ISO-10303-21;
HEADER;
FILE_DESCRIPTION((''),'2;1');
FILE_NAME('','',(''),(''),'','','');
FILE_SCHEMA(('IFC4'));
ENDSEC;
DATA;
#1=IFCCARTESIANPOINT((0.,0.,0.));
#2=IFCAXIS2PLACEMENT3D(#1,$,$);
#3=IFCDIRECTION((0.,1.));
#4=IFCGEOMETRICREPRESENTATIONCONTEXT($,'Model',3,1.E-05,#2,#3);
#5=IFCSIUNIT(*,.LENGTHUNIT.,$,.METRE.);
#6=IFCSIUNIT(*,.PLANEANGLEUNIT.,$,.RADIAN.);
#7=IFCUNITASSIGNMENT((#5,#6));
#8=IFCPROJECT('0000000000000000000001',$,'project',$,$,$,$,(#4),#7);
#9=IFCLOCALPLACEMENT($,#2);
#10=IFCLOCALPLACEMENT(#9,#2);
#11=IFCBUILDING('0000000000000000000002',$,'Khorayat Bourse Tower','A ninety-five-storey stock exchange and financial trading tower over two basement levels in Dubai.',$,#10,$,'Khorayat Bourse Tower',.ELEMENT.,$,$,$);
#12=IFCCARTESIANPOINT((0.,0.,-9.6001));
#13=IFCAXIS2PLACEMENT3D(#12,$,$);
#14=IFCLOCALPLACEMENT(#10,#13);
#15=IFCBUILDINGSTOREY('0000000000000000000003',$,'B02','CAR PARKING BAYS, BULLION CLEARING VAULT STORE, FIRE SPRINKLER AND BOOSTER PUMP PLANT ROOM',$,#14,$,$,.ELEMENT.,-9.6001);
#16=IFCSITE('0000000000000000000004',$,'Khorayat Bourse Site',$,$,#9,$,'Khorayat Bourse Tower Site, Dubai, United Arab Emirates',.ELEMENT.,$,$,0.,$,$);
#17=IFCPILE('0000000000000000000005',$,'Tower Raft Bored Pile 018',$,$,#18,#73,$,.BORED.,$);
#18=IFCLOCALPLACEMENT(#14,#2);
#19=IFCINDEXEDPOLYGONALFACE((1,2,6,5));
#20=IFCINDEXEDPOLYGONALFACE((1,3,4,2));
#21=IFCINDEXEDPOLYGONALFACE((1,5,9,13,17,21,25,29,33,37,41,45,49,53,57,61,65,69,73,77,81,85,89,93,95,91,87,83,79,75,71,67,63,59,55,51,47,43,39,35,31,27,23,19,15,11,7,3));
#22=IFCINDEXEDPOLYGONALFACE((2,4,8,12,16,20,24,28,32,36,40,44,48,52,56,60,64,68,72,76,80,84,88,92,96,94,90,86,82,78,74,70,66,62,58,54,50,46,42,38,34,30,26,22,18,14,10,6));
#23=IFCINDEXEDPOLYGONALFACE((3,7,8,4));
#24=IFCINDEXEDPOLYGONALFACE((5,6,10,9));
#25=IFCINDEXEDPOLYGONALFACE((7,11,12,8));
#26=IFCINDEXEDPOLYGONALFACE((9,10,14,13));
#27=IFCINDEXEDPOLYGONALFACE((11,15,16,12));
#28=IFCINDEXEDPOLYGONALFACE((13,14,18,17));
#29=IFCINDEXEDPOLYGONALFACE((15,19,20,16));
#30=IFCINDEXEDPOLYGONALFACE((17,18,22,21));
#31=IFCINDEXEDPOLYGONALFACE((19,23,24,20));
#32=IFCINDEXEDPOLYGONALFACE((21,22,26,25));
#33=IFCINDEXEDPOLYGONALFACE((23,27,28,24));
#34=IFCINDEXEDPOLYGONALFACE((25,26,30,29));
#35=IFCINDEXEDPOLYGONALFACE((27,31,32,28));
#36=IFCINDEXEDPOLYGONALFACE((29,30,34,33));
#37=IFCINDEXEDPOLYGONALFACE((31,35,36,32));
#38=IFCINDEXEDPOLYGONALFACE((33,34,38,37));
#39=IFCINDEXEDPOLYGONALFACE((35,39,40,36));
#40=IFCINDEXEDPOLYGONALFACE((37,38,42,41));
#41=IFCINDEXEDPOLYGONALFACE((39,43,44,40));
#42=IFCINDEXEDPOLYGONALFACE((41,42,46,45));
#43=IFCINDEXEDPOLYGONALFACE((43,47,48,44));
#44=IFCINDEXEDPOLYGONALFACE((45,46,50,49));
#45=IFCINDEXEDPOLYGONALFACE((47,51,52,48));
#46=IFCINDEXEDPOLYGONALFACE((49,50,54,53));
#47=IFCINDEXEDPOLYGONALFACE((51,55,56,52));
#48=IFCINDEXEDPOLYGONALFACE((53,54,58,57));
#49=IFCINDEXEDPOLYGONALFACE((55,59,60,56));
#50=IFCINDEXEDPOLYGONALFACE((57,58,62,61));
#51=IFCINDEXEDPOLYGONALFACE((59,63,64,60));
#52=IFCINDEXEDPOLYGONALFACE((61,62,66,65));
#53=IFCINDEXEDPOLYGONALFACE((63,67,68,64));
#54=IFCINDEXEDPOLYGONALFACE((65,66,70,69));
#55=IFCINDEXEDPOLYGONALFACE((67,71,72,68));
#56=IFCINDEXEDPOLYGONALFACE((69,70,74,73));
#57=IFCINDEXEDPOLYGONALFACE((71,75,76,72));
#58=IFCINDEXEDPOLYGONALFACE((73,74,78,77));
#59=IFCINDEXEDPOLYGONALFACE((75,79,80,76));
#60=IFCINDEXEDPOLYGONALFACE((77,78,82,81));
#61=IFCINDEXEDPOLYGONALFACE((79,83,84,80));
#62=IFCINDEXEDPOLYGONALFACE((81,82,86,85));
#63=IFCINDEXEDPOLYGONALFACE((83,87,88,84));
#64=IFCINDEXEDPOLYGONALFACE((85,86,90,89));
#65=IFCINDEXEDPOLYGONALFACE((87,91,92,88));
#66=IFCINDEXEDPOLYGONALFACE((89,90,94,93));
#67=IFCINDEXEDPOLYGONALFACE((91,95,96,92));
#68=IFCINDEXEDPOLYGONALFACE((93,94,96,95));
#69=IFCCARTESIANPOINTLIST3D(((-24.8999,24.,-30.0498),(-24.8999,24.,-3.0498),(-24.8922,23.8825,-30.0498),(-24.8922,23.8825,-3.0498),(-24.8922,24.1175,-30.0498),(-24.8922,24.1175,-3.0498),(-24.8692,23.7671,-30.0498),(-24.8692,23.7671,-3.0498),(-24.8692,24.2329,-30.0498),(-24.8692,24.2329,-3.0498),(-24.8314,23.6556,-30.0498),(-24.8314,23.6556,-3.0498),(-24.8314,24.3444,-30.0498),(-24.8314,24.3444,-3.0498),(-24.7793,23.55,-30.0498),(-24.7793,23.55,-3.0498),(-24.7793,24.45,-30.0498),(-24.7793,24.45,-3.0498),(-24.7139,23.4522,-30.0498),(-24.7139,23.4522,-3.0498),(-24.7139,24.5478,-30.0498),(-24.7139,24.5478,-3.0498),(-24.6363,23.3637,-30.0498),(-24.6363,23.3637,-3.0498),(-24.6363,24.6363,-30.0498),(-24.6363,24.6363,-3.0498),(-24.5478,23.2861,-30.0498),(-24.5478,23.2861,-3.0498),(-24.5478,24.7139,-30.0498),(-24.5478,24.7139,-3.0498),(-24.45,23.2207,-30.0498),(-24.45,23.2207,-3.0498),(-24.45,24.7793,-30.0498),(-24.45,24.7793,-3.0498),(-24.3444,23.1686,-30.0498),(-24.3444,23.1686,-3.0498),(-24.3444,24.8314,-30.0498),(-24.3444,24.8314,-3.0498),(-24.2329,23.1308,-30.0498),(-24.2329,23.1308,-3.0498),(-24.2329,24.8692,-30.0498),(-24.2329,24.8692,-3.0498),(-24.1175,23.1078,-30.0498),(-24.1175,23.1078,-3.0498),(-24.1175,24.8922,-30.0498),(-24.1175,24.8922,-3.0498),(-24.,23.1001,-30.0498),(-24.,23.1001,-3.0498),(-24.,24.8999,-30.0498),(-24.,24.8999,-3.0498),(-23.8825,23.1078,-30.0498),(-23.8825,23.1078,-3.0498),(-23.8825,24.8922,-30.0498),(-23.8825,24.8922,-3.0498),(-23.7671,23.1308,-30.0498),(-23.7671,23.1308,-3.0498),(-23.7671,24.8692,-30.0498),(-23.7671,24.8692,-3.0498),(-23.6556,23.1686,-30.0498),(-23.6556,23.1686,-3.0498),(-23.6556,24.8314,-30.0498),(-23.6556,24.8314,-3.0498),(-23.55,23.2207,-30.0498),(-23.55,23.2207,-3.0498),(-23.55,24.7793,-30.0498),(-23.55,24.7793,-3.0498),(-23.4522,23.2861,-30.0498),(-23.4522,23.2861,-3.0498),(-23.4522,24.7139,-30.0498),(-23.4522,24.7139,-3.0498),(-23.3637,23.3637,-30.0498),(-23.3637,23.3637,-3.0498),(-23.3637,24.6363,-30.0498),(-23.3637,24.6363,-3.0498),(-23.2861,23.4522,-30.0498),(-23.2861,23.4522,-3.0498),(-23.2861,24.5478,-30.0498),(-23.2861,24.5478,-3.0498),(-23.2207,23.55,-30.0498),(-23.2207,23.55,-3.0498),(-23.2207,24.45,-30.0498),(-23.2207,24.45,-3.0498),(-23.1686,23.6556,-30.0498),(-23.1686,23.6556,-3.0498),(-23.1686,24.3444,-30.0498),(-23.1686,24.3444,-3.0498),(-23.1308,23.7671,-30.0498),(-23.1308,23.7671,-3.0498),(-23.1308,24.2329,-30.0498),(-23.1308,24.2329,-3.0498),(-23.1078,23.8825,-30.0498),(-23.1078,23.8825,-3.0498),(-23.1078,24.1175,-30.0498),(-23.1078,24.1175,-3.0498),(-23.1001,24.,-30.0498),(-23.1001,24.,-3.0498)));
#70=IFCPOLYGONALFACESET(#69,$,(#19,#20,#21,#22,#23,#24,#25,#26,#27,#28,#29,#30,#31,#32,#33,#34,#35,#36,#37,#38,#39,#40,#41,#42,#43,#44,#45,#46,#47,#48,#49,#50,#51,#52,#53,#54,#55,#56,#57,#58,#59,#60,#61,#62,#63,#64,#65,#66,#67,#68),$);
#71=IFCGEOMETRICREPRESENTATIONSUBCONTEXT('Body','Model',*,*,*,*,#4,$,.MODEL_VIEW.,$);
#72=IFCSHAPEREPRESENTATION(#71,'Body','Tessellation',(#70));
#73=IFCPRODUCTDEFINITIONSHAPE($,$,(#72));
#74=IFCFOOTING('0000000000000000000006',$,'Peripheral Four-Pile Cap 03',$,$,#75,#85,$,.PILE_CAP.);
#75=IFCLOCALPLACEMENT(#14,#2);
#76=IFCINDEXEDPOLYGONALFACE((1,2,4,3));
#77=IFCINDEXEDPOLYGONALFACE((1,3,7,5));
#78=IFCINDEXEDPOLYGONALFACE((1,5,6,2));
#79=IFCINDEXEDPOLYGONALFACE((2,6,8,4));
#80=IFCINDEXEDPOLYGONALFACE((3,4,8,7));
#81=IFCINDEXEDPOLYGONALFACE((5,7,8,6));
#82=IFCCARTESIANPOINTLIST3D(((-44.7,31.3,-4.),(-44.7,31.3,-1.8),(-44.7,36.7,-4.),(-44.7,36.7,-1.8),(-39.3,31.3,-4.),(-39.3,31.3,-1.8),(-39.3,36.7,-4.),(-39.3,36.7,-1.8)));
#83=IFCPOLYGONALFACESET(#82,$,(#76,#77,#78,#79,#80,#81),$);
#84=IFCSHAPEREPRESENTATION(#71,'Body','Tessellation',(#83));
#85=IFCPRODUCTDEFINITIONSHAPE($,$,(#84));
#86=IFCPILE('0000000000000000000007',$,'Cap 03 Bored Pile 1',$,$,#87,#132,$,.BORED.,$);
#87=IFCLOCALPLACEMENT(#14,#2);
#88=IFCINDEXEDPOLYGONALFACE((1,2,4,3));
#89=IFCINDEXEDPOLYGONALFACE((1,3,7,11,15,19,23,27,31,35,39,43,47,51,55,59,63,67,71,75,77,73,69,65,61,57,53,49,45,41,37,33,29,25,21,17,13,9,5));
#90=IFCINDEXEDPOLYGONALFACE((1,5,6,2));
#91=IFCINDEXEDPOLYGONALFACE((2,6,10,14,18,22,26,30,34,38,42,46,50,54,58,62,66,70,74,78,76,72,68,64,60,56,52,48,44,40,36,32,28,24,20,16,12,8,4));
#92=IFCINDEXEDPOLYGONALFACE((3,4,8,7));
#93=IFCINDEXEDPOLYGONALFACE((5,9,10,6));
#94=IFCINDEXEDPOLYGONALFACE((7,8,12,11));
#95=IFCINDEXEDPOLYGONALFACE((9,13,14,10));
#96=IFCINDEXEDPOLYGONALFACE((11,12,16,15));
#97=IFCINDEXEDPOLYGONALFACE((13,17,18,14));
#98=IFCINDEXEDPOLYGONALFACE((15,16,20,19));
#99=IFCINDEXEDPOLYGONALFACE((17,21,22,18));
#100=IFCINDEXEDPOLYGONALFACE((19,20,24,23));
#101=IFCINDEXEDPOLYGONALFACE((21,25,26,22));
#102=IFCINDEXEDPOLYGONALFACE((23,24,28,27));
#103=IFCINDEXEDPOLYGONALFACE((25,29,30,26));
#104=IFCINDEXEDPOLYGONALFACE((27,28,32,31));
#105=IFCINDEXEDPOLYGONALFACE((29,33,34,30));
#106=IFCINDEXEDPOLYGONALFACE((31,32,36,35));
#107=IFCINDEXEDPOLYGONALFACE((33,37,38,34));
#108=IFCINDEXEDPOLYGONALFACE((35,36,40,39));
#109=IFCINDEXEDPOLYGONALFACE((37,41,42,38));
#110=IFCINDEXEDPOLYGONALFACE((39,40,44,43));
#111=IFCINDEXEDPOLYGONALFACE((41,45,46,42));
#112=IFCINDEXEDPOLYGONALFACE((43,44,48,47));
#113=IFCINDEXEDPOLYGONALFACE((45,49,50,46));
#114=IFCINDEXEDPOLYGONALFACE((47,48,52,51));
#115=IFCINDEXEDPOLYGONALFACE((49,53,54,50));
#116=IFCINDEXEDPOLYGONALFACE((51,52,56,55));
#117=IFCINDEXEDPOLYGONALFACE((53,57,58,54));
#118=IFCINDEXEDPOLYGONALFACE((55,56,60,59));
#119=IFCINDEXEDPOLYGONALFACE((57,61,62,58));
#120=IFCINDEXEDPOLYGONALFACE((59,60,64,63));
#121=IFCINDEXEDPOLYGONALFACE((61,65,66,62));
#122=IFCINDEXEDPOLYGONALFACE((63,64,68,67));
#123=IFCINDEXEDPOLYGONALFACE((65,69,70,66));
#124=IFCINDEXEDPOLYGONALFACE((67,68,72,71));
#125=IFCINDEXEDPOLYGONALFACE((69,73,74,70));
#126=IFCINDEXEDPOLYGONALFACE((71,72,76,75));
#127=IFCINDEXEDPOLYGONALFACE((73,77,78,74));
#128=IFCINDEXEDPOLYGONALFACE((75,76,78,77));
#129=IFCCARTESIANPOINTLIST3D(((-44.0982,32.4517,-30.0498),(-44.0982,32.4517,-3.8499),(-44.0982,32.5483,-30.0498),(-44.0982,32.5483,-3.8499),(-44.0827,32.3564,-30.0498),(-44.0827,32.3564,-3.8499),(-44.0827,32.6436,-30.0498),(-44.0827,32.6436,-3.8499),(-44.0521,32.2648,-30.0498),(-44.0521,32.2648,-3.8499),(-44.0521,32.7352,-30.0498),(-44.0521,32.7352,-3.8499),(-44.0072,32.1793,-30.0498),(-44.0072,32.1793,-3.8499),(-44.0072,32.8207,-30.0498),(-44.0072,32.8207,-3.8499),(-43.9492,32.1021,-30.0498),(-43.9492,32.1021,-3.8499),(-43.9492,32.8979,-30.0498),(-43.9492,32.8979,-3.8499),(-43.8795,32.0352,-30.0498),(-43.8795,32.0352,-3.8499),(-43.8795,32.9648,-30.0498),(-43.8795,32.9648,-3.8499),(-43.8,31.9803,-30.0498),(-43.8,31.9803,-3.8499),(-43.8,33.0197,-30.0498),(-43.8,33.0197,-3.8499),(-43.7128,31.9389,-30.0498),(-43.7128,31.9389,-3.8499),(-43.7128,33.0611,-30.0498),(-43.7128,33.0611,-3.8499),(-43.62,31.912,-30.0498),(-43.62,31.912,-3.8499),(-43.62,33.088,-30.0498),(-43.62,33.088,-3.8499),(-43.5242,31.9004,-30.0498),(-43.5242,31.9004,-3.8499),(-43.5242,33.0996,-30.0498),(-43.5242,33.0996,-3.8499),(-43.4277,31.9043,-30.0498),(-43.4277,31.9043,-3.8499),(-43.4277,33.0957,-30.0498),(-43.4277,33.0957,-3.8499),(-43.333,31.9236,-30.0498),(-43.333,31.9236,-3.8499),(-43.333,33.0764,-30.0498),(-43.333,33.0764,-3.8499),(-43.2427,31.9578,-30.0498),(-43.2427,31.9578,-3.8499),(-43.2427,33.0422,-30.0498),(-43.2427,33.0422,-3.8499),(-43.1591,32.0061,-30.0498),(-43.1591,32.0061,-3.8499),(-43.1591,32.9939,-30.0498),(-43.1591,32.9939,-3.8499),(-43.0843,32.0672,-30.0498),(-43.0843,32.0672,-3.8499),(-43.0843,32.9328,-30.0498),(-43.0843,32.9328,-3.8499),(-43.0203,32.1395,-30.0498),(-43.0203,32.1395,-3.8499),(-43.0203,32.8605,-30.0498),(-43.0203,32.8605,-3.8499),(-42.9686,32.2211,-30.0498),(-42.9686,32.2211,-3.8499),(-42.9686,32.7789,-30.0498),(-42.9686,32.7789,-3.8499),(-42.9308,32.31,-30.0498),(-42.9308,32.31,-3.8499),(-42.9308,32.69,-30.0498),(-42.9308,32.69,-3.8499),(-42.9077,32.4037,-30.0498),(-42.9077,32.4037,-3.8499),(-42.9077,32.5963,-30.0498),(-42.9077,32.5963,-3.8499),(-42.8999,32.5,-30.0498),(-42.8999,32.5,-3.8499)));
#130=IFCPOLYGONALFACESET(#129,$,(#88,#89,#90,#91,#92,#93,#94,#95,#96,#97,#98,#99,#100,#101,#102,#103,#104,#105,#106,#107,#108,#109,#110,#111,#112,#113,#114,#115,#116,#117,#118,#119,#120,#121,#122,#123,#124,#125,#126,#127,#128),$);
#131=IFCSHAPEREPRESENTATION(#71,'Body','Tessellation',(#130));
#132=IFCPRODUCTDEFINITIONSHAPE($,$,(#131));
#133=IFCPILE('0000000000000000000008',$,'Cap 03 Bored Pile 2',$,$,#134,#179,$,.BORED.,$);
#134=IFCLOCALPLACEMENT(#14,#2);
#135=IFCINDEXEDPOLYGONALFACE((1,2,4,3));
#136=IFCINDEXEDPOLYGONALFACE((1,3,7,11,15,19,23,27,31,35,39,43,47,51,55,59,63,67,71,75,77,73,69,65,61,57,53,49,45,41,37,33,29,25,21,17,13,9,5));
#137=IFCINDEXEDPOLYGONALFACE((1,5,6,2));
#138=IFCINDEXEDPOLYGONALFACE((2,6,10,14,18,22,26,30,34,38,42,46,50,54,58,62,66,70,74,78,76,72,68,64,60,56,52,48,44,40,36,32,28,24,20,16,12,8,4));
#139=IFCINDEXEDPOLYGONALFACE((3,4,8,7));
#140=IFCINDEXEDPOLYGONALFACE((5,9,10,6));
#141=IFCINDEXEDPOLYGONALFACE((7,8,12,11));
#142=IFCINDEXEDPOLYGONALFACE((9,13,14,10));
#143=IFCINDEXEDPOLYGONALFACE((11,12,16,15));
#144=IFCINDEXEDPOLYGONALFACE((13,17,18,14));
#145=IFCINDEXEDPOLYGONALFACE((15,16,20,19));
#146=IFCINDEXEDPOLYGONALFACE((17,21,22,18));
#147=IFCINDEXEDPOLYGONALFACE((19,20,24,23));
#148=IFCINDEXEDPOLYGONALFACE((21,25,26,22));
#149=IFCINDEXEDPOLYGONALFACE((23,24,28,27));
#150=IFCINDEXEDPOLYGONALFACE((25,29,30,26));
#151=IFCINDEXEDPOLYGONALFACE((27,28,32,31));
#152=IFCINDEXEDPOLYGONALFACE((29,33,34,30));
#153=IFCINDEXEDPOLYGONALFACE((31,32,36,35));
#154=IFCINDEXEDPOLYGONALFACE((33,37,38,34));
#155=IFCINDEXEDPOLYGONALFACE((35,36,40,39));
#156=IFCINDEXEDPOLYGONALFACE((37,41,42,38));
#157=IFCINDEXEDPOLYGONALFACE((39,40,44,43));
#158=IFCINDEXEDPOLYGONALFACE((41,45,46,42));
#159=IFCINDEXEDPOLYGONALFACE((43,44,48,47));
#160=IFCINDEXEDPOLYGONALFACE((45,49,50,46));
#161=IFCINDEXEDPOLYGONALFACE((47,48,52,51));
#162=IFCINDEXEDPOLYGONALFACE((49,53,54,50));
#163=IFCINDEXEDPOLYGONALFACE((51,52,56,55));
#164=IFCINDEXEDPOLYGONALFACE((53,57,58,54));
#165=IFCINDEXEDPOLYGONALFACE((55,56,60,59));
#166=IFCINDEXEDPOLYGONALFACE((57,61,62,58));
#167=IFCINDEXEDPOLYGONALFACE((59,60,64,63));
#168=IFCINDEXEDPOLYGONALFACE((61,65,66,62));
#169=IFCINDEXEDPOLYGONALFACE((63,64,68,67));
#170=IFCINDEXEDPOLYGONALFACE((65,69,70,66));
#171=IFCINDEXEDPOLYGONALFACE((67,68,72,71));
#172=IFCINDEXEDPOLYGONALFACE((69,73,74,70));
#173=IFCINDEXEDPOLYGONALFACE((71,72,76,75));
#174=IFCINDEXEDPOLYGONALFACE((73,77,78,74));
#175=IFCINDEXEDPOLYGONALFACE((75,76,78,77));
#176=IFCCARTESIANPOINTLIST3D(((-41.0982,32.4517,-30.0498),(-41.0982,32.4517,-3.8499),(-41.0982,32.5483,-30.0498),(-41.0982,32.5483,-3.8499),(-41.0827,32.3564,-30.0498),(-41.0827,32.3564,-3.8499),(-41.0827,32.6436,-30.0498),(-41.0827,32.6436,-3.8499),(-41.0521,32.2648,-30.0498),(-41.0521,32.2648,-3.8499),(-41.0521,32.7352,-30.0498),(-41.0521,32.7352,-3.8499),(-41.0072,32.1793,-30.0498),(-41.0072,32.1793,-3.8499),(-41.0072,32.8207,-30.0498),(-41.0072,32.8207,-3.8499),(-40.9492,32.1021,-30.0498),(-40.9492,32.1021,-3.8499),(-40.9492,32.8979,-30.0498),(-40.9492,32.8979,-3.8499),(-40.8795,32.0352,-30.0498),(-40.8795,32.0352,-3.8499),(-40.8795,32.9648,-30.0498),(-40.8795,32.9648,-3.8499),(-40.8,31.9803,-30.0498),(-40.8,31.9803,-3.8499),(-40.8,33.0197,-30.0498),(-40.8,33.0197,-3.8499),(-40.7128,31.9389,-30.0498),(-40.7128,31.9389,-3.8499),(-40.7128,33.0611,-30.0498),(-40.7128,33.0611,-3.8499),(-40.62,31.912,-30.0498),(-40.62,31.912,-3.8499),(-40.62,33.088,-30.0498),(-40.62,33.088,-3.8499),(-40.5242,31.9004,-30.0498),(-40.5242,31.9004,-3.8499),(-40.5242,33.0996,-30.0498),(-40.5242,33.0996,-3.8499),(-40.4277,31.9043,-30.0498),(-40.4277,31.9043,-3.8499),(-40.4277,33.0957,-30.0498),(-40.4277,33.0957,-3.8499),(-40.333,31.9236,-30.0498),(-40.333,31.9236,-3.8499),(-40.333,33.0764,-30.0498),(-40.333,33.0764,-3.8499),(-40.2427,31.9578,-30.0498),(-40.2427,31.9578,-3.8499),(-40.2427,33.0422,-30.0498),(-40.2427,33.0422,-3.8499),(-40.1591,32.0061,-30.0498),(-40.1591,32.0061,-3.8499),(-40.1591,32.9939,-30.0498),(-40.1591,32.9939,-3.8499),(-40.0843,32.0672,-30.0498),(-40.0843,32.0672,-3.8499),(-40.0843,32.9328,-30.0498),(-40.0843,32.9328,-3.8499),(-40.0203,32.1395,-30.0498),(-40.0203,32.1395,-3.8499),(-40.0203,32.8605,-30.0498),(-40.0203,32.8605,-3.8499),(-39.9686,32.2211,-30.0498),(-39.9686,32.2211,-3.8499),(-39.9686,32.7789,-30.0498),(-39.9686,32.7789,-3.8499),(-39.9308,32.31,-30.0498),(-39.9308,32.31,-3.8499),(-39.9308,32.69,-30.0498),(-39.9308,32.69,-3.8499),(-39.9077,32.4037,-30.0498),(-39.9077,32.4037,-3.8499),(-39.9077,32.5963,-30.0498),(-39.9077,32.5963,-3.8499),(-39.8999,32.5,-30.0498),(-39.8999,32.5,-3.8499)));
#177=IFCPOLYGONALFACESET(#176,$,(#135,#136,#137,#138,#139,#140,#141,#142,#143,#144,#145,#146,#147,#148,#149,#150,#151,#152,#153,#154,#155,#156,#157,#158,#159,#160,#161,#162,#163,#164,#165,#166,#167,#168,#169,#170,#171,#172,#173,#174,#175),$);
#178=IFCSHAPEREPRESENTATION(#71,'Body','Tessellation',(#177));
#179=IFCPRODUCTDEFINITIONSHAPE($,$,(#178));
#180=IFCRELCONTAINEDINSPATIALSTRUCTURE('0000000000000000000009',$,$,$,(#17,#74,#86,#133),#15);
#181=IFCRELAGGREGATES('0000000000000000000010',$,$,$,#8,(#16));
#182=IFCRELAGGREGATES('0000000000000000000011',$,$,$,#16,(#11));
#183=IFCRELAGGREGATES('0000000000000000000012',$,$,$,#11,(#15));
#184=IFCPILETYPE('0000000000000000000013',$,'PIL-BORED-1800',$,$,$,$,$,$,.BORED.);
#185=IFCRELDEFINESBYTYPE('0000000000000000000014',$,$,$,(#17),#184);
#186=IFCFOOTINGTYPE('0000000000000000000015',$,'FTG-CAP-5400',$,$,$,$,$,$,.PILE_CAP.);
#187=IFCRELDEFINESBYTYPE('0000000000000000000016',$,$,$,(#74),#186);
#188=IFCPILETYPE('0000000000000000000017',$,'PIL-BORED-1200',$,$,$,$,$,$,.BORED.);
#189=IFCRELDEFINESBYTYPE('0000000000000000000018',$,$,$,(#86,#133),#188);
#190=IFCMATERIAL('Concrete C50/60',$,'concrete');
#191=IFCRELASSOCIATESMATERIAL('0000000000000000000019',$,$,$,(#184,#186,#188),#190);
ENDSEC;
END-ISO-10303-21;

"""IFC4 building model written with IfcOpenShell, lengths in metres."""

from ifc_helpers import new_model, si_unit, direction, frame, origin, origin_2d, place, context, subcontext, project, spatial, rectangle, circle, extrude, source, transform, mapped, material, material_profile, profile_set, type_object, element, save


model = new_model("IFC4")

# Units and contexts
model_context = context("Model", 3, precision=1e-05, world=origin(), true_north=direction((0.0, 1.0)))
body_context = subcontext(model_context, "Body", "Model", "MODEL_VIEW")
ifc_project = project(units=[si_unit("LENGTHUNIT", "METRE"), si_unit("PLANEANGLEUNIT", "RADIAN")], contexts=[model_context])

# Site, building, storey
site_placement = place(None, origin())
site = spatial("IfcSite", under=ifc_project, at=site_placement, Name="Khorayat Bourse Site", LongName="Khorayat Bourse Tower Site, Dubai, United Arab Emirates", CompositionType="ELEMENT", RefElevation=0.0)
building_placement = place(site_placement, origin())
building = spatial("IfcBuilding", under=site, at=building_placement, Name="Khorayat Bourse Tower", Description="A ninety-five-storey stock exchange and financial trading tower over two basement levels in Dubai.", LongName="Khorayat Bourse Tower", CompositionType="ELEMENT")
storey_placement = place(building_placement, frame((0.0, 0.0, -9.6001)))
storey = spatial("IfcBuildingStorey", under=building, at=storey_placement, Name="B02", Description="CAR PARKING BAYS, BULLION CLEARING VAULT STORE, FIRE SPRINKLER AND BOOSTER PUMP PLANT ROOM", CompositionType="ELEMENT", Elevation=-9.6001)

# Pile
ifc_material_1 = material(Name="Concrete C50/60", Category="concrete")
ifc_material_profile_1 = material_profile(ifc_material_1, circle(Radius=0.8999, at=origin_2d()), Name="BORED PILE D1800")
ifc_profile_set_1 = profile_set([ifc_material_profile_1], Name="Concrete C50/60")
pile_type_1 = type_object("IfcPileType", Name="PIL-BORED-1800", PredefinedType="BORED", material=ifc_profile_set_1)
shared_shape_1 = source(origin(), body_context, "Body", "SweptSolid", [
    extrude(circle(Radius=0.8999, at=origin_2d()), origin(), (0.0, 0.0, 1.0), 27.0),
])
for number, where, z_axis, x_axis, name in (
    (1, (-24.0, 24.0, -3.0498), (0.0, 0.0, -1.0), (1.0, 0.0, 0.0), "Tower Raft Bored Pile 018"),
):
    element("IfcPile", number, at=place(storey_placement, frame(where, z_axis=z_axis, x_axis=x_axis)), inside=storey, type_object=pile_type_1, Name=name, PredefinedType="BORED", context=body_context, shape_type="MappedRepresentation", body=[
        mapped(shared_shape_1, transform((0.0, 0.0, 0.0), scale=1.0)),
    ])

# Footing
footing_type_1 = type_object("IfcFootingType", Name="FTG-CAP-5400", PredefinedType="PILE_CAP", material=ifc_material_1)
shared_shape_2 = source(origin(), body_context, "Body", "SweptSolid", [
    extrude(rectangle(XDim=5.3999, YDim=5.3999, at=origin_2d()), origin(), (0.0, 0.0, 1.0), 2.2),
])
footing_1_placement = place(storey_placement, frame((-42.0, 34.0, -4.0), z_axis=(0.0, 0.0, 1.0), x_axis=(1.0, 0.0, 0.0)))
element("IfcFooting", 2, at=footing_1_placement, inside=storey, type_object=footing_type_1, Name="Peripheral Four-Pile Cap 03", PredefinedType="PILE_CAP", context=body_context, shape_type="MappedRepresentation", body=[
    mapped(shared_shape_2, transform((0.0, 0.0, 0.0), scale=1.0)),
])

# Piles
ifc_material_profile_2 = material_profile(ifc_material_1, circle(Radius=0.6001, at=origin_2d()), Name="BORED PILE D1200")
ifc_profile_set_2 = profile_set([ifc_material_profile_2], Name="Concrete C50/60")
pile_type_2 = type_object("IfcPileType", Name="PIL-BORED-1200", PredefinedType="BORED", material=ifc_profile_set_2)
shared_shape_3 = source(origin(), body_context, "Body", "SweptSolid", [
    extrude(circle(Radius=0.6001, at=origin_2d()), origin(), (0.0, 0.0, 1.0), 26.2),
])
for number, where, z_axis, x_axis, name in (
    (3, (-43.5, 32.5, -3.8499), (0.0, 0.0, -1.0), (1.0, 0.0, 0.0), "Cap 03 Bored Pile 1"),
    (4, (-40.5, 32.5, -3.8499), (0.0, 0.0, -1.0), (1.0, 0.0, 0.0), "Cap 03 Bored Pile 2"),
):
    element("IfcPile", number, at=place(storey_placement, frame(where, z_axis=z_axis, x_axis=x_axis)), inside=storey, type_object=pile_type_2, Name=name, PredefinedType="BORED", context=body_context, shape_type="MappedRepresentation", body=[
        mapped(shared_shape_3, transform((0.0, 0.0, 0.0), scale=1.0)),
    ])

save(model, "model.ifc")
